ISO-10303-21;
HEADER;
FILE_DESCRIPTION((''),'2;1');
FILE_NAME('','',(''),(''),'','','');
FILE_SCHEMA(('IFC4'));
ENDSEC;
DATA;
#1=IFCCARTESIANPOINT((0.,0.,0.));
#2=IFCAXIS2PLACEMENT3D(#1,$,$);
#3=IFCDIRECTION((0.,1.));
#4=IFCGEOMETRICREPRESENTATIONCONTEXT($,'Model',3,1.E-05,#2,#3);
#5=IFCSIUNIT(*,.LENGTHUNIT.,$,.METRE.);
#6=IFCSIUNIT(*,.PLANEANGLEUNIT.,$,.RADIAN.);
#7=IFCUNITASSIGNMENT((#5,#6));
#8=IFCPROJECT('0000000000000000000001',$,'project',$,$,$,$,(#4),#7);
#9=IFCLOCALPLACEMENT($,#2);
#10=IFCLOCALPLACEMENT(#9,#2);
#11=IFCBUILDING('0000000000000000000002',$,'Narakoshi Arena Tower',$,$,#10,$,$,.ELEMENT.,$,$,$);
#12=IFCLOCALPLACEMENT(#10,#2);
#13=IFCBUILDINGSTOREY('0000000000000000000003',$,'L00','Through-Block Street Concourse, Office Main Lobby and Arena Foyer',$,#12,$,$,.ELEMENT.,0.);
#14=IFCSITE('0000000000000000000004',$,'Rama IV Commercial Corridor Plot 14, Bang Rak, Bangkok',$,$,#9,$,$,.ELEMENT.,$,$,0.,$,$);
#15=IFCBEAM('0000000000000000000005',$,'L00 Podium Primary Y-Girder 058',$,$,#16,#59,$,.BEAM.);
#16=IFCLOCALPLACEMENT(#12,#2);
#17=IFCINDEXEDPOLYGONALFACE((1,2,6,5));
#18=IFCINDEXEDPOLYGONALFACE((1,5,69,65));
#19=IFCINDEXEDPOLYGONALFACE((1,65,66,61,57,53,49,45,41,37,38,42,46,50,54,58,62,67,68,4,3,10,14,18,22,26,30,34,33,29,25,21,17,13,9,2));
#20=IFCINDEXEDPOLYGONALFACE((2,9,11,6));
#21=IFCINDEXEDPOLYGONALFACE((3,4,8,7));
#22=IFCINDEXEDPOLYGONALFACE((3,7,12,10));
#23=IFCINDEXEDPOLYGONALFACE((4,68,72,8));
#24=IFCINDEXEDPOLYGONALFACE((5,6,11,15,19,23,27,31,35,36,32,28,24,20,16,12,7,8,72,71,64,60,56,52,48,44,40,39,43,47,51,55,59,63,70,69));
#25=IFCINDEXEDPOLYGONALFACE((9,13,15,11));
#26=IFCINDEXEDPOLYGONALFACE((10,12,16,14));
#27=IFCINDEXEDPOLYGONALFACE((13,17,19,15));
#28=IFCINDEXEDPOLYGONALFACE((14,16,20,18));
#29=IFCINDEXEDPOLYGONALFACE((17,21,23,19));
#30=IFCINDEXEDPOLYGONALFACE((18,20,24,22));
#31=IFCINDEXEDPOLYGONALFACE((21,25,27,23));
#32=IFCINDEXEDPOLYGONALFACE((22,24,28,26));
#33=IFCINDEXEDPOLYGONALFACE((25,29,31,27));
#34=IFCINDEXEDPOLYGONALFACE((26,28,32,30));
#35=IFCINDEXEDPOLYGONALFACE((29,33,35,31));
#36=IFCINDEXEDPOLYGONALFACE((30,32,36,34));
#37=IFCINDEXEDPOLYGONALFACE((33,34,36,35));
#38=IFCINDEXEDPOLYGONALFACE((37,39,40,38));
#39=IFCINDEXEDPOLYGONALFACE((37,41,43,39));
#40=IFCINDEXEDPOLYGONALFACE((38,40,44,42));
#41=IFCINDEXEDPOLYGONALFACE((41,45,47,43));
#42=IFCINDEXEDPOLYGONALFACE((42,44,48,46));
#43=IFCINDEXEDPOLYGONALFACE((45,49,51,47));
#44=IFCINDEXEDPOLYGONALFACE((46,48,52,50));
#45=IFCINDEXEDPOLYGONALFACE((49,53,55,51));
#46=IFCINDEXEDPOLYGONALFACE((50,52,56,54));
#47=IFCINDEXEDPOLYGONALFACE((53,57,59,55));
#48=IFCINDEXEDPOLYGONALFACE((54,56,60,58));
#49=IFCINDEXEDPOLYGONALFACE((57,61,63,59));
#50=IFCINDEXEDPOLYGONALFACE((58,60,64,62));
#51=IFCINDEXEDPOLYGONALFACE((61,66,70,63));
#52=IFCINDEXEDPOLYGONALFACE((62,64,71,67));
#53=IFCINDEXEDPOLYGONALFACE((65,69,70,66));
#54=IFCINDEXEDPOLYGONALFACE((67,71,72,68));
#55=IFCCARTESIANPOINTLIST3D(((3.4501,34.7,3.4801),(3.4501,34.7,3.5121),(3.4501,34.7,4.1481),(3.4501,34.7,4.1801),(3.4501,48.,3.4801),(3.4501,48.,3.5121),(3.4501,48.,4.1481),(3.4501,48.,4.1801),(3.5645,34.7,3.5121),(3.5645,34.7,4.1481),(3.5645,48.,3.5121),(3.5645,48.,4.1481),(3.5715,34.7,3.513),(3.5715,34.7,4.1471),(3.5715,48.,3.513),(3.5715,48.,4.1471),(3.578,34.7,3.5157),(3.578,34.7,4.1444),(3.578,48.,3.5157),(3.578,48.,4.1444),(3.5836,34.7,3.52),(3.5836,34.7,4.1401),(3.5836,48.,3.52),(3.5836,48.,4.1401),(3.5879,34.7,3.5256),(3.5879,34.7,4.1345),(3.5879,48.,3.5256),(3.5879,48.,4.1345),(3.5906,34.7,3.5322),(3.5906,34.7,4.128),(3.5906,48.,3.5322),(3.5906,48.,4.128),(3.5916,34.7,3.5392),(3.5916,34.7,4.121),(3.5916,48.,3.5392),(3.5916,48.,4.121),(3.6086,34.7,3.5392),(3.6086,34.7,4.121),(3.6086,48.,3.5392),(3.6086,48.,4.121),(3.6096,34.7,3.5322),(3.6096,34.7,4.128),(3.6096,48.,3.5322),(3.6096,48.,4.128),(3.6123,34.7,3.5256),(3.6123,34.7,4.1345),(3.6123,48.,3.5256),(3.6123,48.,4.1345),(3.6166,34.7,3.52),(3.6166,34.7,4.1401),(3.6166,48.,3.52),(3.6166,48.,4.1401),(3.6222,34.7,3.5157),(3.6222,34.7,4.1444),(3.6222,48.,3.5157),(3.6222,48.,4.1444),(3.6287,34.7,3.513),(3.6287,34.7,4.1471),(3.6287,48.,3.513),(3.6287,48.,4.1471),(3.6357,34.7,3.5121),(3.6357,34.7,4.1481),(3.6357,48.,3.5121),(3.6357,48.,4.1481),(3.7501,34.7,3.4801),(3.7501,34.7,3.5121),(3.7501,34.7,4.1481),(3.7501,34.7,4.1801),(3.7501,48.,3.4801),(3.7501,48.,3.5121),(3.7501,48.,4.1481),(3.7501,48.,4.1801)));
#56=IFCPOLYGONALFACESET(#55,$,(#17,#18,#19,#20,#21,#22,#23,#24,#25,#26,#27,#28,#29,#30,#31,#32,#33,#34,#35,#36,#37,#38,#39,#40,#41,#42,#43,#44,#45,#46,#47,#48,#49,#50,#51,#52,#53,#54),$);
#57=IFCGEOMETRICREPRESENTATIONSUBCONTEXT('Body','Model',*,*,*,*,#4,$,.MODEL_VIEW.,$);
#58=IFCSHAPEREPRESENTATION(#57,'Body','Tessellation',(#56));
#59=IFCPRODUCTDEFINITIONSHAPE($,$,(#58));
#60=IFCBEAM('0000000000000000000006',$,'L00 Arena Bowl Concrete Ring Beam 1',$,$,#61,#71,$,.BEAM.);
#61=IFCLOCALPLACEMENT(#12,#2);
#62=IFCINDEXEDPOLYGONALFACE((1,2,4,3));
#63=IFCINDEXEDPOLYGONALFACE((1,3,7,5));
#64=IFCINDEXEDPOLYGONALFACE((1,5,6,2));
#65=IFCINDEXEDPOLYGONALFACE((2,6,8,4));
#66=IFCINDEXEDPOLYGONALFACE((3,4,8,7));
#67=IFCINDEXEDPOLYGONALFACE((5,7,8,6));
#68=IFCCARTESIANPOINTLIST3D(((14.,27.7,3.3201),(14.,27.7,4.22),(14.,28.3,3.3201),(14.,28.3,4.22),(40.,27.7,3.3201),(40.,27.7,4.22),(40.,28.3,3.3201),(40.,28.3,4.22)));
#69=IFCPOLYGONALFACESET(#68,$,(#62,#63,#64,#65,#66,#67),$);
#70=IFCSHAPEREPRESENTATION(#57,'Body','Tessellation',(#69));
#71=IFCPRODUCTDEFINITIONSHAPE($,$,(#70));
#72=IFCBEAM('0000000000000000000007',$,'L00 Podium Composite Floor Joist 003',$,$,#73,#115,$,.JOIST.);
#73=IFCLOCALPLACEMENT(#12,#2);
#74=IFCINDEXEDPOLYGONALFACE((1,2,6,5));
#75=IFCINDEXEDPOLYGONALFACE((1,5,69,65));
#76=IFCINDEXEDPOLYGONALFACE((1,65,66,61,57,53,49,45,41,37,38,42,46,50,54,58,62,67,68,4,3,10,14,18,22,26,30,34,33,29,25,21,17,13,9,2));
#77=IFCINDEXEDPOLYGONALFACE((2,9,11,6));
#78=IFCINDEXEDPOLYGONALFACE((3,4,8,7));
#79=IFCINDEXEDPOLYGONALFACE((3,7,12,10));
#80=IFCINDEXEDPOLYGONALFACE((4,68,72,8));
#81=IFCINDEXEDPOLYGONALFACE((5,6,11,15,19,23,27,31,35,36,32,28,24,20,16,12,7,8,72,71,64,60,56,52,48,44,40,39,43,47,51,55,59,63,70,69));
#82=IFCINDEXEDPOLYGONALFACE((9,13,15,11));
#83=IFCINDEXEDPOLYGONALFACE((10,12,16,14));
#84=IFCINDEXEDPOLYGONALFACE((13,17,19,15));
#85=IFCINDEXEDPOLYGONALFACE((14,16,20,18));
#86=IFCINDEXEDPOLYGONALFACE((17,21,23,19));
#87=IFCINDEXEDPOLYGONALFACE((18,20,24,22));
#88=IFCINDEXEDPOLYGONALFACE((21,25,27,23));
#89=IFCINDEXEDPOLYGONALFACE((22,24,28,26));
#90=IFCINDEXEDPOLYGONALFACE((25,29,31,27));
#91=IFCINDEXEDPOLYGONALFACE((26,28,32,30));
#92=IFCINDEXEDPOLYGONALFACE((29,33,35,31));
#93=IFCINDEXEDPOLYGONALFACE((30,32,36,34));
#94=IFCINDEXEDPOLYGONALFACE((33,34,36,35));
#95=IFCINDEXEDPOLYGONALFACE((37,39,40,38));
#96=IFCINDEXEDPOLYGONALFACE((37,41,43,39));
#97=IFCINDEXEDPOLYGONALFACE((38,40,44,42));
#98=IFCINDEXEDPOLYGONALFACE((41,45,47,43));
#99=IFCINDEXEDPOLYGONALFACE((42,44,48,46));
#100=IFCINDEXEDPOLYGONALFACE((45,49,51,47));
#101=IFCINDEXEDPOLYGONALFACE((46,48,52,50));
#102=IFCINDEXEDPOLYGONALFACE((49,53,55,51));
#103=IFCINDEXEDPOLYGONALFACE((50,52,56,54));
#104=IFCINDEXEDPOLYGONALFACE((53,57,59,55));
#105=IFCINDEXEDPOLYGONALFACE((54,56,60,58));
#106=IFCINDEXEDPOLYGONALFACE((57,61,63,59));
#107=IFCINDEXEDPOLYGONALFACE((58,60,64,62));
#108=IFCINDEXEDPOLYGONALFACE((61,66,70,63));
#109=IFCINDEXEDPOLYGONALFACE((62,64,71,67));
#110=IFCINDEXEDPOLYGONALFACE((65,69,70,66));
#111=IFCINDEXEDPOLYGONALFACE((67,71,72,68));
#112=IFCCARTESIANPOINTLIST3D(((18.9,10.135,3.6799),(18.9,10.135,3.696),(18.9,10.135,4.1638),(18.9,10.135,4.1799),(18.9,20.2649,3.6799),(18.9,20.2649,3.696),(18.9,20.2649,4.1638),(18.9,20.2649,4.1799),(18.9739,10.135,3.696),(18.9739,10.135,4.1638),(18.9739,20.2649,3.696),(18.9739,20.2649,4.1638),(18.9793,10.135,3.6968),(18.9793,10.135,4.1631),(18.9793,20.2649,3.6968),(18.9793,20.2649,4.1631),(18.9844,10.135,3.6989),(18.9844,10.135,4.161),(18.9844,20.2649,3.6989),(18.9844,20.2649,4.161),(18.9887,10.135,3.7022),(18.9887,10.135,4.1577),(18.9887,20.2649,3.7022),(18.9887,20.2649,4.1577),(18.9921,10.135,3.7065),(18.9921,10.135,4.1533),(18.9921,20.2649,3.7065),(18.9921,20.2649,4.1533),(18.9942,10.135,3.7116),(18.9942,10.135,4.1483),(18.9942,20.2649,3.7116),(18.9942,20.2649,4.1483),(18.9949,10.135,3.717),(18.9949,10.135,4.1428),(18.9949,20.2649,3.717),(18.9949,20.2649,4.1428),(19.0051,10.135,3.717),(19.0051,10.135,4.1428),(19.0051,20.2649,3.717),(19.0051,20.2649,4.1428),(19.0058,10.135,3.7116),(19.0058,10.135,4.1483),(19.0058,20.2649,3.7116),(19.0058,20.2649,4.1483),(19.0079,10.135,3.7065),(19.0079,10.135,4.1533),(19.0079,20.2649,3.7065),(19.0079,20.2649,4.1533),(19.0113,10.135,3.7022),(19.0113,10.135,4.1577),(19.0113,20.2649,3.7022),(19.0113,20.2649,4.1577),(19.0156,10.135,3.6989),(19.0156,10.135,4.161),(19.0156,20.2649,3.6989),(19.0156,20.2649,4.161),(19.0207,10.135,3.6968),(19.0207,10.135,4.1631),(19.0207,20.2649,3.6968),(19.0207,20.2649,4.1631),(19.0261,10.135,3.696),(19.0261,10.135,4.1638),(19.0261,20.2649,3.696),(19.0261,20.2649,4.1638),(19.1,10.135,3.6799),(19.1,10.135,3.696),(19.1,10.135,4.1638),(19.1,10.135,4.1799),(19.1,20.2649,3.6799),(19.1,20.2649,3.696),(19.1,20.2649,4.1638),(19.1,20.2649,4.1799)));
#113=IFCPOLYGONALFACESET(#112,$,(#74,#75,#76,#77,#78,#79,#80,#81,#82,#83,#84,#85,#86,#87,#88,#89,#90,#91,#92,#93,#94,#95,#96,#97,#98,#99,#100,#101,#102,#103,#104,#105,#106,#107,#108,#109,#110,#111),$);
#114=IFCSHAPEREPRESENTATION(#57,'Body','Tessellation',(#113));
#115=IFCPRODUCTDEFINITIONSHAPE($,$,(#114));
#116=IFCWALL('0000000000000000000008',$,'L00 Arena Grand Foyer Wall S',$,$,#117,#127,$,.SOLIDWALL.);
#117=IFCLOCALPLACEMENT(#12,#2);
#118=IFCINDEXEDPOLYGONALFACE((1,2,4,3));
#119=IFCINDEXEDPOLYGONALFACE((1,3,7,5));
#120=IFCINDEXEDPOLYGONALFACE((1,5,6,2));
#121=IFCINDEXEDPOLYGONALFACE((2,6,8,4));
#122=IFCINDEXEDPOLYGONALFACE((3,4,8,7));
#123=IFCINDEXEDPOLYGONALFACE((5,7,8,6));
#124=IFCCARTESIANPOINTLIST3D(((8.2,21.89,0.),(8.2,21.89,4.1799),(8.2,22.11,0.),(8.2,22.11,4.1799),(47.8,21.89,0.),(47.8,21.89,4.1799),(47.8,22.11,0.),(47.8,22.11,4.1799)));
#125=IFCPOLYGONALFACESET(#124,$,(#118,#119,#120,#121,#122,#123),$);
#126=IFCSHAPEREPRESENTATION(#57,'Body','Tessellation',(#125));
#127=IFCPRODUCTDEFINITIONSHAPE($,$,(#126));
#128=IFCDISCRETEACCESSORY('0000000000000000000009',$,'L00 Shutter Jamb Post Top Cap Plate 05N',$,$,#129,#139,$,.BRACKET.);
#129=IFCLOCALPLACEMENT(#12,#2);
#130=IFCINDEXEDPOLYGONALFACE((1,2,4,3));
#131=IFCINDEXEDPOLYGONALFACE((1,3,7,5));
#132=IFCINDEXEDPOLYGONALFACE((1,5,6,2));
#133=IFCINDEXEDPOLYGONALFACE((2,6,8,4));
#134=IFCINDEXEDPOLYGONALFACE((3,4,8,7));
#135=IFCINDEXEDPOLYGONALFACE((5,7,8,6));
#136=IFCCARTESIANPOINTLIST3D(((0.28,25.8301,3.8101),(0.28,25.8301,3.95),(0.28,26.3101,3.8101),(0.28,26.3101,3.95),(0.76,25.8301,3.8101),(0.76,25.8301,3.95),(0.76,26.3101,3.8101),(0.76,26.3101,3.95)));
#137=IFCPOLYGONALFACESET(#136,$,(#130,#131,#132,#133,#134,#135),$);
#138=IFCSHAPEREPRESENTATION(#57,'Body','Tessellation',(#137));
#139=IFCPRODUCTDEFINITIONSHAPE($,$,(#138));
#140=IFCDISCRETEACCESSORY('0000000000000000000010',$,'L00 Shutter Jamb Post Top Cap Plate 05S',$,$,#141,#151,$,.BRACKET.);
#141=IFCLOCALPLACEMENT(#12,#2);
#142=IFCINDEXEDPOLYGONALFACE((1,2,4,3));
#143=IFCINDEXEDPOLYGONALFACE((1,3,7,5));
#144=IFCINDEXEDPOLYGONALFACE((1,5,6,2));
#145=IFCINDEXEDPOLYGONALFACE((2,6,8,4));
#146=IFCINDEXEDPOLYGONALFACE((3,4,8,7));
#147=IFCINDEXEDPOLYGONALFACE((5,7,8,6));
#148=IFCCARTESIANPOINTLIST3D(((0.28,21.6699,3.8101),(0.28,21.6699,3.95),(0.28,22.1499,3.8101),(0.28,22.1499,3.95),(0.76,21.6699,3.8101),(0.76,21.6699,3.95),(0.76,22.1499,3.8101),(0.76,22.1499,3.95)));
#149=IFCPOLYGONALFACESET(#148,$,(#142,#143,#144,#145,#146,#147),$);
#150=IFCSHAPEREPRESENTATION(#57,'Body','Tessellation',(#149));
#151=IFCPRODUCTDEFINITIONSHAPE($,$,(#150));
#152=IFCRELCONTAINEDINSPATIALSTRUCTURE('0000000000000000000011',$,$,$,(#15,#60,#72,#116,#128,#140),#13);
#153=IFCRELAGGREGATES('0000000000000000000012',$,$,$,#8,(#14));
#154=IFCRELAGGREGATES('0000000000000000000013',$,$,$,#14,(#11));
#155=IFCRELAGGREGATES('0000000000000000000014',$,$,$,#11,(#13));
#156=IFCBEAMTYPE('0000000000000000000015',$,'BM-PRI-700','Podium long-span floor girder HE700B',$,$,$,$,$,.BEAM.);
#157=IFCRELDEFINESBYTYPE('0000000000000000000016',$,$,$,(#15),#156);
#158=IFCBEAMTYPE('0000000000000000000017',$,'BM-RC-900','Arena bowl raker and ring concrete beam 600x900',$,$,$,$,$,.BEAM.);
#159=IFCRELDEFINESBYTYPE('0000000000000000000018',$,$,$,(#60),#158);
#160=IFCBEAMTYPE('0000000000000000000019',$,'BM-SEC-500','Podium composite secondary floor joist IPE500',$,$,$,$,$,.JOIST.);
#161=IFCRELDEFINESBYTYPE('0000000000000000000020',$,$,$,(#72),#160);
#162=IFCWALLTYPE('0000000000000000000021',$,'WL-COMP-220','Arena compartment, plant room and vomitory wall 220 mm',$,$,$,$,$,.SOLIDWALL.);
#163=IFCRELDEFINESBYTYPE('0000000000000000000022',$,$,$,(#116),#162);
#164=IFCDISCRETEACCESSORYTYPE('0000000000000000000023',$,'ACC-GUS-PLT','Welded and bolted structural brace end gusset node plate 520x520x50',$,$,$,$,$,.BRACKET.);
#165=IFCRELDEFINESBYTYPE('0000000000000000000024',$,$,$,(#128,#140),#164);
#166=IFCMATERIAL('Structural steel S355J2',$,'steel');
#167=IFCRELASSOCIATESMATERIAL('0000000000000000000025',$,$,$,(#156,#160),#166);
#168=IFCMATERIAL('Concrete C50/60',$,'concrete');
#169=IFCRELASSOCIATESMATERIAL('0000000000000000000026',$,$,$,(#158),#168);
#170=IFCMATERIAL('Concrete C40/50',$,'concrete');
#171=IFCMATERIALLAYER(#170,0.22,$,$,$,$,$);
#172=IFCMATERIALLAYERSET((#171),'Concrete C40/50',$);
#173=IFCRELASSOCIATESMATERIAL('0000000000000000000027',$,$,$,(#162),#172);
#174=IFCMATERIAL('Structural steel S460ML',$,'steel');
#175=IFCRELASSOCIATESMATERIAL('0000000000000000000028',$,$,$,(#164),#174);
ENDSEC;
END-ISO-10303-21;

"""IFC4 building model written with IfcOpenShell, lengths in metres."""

from ifc_helpers import new_model, si_unit, direction, frame, frame_2d, origin, origin_2d, place, context, subcontext, project, spatial, rectangle, i_section, extrude, material, layer, layer_set, material_profile, profile_set, type_object, element, save


model = new_model("IFC4")

# Units and contexts
model_context = context("Model", 3, precision=1e-05, world=origin(), true_north=direction((0.0, 1.0)))
body_context = subcontext(model_context, "Body", "Model", "MODEL_VIEW")
ifc_project = project(units=[si_unit("LENGTHUNIT", "METRE"), si_unit("PLANEANGLEUNIT", "RADIAN")], contexts=[model_context])

# Site, building, storey
site_placement = place(None, origin())
site = spatial("IfcSite", under=ifc_project, at=site_placement, Name="Rama IV Commercial Corridor Plot 14, Bang Rak, Bangkok", CompositionType="ELEMENT", RefElevation=0.0)
building_placement = place(site_placement, origin())
building = spatial("IfcBuilding", under=site, at=building_placement, Name="Narakoshi Arena Tower", CompositionType="ELEMENT")
storey_placement = place(building_placement, origin())
storey = spatial("IfcBuildingStorey", under=building, at=storey_placement, Name="L00", Description="Through-Block Street Concourse, Office Main Lobby and Arena Foyer", CompositionType="ELEMENT", Elevation=0.0)

# Shared definitions
ifc_material_1 = material(Name="Concrete C50/60", Category="concrete")
ifc_material_2 = material(Name="Structural steel S355J2", Category="steel")

# Beams
ifc_material_profile_1 = material_profile(ifc_material_2, i_section(OverallWidth=0.3, OverallDepth=0.7, WebThickness=0.0171, FlangeThickness=0.032, FilletRadius=0.0271, at=origin_2d()), Name="HE700B")
ifc_profile_set_1 = profile_set([ifc_material_profile_1], Name="Structural steel S355J2")
beam_type_1 = type_object("IfcBeamType", Name="BM-PRI-700", Description="Podium long-span floor girder HE700B", PredefinedType="BEAM", material=ifc_profile_set_1)
beam_1_placement = place(storey_placement, frame((3.6001, 34.7, 3.8301), z_axis=(0.0, 1.0, 0.0), x_axis=(-1.0, 0.0, 0.0)))
element("IfcBeam", 1, at=beam_1_placement, inside=storey, type_object=beam_type_1, Name="L00 Podium Primary Y-Girder 058", PredefinedType="BEAM", context=body_context, shape_type="SweptSolid", body=[
    extrude(i_section(OverallWidth=0.3, OverallDepth=0.7, WebThickness=0.0171, FlangeThickness=0.032, FilletRadius=0.0271, at=origin_2d()), origin(), (0.0, 0.0, 1.0), 13.3),
])
ifc_material_profile_2 = material_profile(ifc_material_1, rectangle(XDim=0.6001, YDim=0.8999, at=origin_2d()), Name="RCB600x900")
ifc_profile_set_2 = profile_set([ifc_material_profile_2], Name="Concrete C50/60")
beam_type_2 = type_object("IfcBeamType", Name="BM-RC-900", Description="Arena bowl raker and ring concrete beam 600x900", PredefinedType="BEAM", material=ifc_profile_set_2)
beam_2_placement = place(storey_placement, frame((14.0, 28.0, 3.77), z_axis=(1.0, 0.0, 0.0), x_axis=(0.0, 1.0, 0.0)))
element("IfcBeam", 2, at=beam_2_placement, inside=storey, type_object=beam_type_2, Name="L00 Arena Bowl Concrete Ring Beam 1", PredefinedType="BEAM", context=body_context, shape_type="SweptSolid", body=[
    extrude(rectangle(XDim=0.6001, YDim=0.8999, at=origin_2d()), origin(), (0.0, 0.0, 1.0), 26.0),
])
ifc_material_profile_3 = material_profile(ifc_material_2, i_section(OverallWidth=0.2, OverallDepth=0.5, WebThickness=0.0103, FlangeThickness=0.0161, FilletRadius=0.021, at=origin_2d()), Name="IPE500")
ifc_profile_set_3 = profile_set([ifc_material_profile_3], Name="Structural steel S355J2")
beam_type_3 = type_object("IfcBeamType", Name="BM-SEC-500", Description="Podium composite secondary floor joist IPE500", PredefinedType="JOIST", material=ifc_profile_set_3)
beam_3_placement = place(storey_placement, frame((19.0, 10.135, 3.9299), z_axis=(0.0, 1.0, 0.0), x_axis=(-1.0, 0.0, 0.0)))
element("IfcBeam", 3, at=beam_3_placement, inside=storey, type_object=beam_type_3, Name="L00 Podium Composite Floor Joist 003", PredefinedType="JOIST", context=body_context, shape_type="SweptSolid", body=[
    extrude(i_section(OverallWidth=0.2, OverallDepth=0.5, WebThickness=0.0103, FlangeThickness=0.0161, FilletRadius=0.021, at=origin_2d()), origin(), (0.0, 0.0, 1.0), 10.1299),
])

# Wall
ifc_material_3 = material(Name="Concrete C40/50", Category="concrete")
ifc_layer = layer(ifc_material_3, 0.22)
ifc_layer_set = layer_set([ifc_layer], Name="Concrete C40/50")
wall_type = type_object("IfcWallType", Name="WL-COMP-220", Description="Arena compartment, plant room and vomitory wall 220 mm", PredefinedType="SOLIDWALL", material=ifc_layer_set)
wall_placement = place(storey_placement, frame((8.2, 22.0, 0.0), z_axis=(0.0, 0.0, 1.0), x_axis=(1.0, 0.0, 0.0)))
element("IfcWall", 4, at=wall_placement, inside=storey, type_object=wall_type, Name="L00 Arena Grand Foyer Wall S", PredefinedType="SOLIDWALL", context=body_context, shape_type="SweptSolid", body=[
    extrude(rectangle(XDim=39.6001, YDim=0.22, at=frame_2d((19.8, 0.0))), origin(), (0.0, 0.0, 1.0), 4.1799),
])

# Discrete accessories
ifc_material_4 = material(Name="Structural steel S460ML", Category="steel")
discrete_accessory_type = type_object("IfcDiscreteAccessoryType", Name="ACC-GUS-PLT", Description="Welded and bolted structural brace end gusset node plate 520x520x50", PredefinedType="BRACKET", material=ifc_material_4)
for number, where, z_axis, x_axis, name in (
    (5, (0.52, 26.0701, 3.8101), (0.0, 0.0, 1.0), (1.0, 0.0, 0.0), "L00 Shutter Jamb Post Top Cap Plate 05N"),
    (6, (0.52, 21.9099, 3.8101), (0.0, 0.0, 1.0), (1.0, 0.0, 0.0), "L00 Shutter Jamb Post Top Cap Plate 05S"),
):
    element("IfcDiscreteAccessory", number, at=place(storey_placement, frame(where, z_axis=z_axis, x_axis=x_axis)), inside=storey, type_object=discrete_accessory_type, Name=name, PredefinedType="BRACKET", context=body_context, shape_type="SweptSolid", body=[
        extrude(rectangle(XDim=0.48, YDim=0.48, at=origin_2d()), origin(), (0.0, 0.0, 1.0), 0.1399),
    ])

save(model, "model.ifc")
